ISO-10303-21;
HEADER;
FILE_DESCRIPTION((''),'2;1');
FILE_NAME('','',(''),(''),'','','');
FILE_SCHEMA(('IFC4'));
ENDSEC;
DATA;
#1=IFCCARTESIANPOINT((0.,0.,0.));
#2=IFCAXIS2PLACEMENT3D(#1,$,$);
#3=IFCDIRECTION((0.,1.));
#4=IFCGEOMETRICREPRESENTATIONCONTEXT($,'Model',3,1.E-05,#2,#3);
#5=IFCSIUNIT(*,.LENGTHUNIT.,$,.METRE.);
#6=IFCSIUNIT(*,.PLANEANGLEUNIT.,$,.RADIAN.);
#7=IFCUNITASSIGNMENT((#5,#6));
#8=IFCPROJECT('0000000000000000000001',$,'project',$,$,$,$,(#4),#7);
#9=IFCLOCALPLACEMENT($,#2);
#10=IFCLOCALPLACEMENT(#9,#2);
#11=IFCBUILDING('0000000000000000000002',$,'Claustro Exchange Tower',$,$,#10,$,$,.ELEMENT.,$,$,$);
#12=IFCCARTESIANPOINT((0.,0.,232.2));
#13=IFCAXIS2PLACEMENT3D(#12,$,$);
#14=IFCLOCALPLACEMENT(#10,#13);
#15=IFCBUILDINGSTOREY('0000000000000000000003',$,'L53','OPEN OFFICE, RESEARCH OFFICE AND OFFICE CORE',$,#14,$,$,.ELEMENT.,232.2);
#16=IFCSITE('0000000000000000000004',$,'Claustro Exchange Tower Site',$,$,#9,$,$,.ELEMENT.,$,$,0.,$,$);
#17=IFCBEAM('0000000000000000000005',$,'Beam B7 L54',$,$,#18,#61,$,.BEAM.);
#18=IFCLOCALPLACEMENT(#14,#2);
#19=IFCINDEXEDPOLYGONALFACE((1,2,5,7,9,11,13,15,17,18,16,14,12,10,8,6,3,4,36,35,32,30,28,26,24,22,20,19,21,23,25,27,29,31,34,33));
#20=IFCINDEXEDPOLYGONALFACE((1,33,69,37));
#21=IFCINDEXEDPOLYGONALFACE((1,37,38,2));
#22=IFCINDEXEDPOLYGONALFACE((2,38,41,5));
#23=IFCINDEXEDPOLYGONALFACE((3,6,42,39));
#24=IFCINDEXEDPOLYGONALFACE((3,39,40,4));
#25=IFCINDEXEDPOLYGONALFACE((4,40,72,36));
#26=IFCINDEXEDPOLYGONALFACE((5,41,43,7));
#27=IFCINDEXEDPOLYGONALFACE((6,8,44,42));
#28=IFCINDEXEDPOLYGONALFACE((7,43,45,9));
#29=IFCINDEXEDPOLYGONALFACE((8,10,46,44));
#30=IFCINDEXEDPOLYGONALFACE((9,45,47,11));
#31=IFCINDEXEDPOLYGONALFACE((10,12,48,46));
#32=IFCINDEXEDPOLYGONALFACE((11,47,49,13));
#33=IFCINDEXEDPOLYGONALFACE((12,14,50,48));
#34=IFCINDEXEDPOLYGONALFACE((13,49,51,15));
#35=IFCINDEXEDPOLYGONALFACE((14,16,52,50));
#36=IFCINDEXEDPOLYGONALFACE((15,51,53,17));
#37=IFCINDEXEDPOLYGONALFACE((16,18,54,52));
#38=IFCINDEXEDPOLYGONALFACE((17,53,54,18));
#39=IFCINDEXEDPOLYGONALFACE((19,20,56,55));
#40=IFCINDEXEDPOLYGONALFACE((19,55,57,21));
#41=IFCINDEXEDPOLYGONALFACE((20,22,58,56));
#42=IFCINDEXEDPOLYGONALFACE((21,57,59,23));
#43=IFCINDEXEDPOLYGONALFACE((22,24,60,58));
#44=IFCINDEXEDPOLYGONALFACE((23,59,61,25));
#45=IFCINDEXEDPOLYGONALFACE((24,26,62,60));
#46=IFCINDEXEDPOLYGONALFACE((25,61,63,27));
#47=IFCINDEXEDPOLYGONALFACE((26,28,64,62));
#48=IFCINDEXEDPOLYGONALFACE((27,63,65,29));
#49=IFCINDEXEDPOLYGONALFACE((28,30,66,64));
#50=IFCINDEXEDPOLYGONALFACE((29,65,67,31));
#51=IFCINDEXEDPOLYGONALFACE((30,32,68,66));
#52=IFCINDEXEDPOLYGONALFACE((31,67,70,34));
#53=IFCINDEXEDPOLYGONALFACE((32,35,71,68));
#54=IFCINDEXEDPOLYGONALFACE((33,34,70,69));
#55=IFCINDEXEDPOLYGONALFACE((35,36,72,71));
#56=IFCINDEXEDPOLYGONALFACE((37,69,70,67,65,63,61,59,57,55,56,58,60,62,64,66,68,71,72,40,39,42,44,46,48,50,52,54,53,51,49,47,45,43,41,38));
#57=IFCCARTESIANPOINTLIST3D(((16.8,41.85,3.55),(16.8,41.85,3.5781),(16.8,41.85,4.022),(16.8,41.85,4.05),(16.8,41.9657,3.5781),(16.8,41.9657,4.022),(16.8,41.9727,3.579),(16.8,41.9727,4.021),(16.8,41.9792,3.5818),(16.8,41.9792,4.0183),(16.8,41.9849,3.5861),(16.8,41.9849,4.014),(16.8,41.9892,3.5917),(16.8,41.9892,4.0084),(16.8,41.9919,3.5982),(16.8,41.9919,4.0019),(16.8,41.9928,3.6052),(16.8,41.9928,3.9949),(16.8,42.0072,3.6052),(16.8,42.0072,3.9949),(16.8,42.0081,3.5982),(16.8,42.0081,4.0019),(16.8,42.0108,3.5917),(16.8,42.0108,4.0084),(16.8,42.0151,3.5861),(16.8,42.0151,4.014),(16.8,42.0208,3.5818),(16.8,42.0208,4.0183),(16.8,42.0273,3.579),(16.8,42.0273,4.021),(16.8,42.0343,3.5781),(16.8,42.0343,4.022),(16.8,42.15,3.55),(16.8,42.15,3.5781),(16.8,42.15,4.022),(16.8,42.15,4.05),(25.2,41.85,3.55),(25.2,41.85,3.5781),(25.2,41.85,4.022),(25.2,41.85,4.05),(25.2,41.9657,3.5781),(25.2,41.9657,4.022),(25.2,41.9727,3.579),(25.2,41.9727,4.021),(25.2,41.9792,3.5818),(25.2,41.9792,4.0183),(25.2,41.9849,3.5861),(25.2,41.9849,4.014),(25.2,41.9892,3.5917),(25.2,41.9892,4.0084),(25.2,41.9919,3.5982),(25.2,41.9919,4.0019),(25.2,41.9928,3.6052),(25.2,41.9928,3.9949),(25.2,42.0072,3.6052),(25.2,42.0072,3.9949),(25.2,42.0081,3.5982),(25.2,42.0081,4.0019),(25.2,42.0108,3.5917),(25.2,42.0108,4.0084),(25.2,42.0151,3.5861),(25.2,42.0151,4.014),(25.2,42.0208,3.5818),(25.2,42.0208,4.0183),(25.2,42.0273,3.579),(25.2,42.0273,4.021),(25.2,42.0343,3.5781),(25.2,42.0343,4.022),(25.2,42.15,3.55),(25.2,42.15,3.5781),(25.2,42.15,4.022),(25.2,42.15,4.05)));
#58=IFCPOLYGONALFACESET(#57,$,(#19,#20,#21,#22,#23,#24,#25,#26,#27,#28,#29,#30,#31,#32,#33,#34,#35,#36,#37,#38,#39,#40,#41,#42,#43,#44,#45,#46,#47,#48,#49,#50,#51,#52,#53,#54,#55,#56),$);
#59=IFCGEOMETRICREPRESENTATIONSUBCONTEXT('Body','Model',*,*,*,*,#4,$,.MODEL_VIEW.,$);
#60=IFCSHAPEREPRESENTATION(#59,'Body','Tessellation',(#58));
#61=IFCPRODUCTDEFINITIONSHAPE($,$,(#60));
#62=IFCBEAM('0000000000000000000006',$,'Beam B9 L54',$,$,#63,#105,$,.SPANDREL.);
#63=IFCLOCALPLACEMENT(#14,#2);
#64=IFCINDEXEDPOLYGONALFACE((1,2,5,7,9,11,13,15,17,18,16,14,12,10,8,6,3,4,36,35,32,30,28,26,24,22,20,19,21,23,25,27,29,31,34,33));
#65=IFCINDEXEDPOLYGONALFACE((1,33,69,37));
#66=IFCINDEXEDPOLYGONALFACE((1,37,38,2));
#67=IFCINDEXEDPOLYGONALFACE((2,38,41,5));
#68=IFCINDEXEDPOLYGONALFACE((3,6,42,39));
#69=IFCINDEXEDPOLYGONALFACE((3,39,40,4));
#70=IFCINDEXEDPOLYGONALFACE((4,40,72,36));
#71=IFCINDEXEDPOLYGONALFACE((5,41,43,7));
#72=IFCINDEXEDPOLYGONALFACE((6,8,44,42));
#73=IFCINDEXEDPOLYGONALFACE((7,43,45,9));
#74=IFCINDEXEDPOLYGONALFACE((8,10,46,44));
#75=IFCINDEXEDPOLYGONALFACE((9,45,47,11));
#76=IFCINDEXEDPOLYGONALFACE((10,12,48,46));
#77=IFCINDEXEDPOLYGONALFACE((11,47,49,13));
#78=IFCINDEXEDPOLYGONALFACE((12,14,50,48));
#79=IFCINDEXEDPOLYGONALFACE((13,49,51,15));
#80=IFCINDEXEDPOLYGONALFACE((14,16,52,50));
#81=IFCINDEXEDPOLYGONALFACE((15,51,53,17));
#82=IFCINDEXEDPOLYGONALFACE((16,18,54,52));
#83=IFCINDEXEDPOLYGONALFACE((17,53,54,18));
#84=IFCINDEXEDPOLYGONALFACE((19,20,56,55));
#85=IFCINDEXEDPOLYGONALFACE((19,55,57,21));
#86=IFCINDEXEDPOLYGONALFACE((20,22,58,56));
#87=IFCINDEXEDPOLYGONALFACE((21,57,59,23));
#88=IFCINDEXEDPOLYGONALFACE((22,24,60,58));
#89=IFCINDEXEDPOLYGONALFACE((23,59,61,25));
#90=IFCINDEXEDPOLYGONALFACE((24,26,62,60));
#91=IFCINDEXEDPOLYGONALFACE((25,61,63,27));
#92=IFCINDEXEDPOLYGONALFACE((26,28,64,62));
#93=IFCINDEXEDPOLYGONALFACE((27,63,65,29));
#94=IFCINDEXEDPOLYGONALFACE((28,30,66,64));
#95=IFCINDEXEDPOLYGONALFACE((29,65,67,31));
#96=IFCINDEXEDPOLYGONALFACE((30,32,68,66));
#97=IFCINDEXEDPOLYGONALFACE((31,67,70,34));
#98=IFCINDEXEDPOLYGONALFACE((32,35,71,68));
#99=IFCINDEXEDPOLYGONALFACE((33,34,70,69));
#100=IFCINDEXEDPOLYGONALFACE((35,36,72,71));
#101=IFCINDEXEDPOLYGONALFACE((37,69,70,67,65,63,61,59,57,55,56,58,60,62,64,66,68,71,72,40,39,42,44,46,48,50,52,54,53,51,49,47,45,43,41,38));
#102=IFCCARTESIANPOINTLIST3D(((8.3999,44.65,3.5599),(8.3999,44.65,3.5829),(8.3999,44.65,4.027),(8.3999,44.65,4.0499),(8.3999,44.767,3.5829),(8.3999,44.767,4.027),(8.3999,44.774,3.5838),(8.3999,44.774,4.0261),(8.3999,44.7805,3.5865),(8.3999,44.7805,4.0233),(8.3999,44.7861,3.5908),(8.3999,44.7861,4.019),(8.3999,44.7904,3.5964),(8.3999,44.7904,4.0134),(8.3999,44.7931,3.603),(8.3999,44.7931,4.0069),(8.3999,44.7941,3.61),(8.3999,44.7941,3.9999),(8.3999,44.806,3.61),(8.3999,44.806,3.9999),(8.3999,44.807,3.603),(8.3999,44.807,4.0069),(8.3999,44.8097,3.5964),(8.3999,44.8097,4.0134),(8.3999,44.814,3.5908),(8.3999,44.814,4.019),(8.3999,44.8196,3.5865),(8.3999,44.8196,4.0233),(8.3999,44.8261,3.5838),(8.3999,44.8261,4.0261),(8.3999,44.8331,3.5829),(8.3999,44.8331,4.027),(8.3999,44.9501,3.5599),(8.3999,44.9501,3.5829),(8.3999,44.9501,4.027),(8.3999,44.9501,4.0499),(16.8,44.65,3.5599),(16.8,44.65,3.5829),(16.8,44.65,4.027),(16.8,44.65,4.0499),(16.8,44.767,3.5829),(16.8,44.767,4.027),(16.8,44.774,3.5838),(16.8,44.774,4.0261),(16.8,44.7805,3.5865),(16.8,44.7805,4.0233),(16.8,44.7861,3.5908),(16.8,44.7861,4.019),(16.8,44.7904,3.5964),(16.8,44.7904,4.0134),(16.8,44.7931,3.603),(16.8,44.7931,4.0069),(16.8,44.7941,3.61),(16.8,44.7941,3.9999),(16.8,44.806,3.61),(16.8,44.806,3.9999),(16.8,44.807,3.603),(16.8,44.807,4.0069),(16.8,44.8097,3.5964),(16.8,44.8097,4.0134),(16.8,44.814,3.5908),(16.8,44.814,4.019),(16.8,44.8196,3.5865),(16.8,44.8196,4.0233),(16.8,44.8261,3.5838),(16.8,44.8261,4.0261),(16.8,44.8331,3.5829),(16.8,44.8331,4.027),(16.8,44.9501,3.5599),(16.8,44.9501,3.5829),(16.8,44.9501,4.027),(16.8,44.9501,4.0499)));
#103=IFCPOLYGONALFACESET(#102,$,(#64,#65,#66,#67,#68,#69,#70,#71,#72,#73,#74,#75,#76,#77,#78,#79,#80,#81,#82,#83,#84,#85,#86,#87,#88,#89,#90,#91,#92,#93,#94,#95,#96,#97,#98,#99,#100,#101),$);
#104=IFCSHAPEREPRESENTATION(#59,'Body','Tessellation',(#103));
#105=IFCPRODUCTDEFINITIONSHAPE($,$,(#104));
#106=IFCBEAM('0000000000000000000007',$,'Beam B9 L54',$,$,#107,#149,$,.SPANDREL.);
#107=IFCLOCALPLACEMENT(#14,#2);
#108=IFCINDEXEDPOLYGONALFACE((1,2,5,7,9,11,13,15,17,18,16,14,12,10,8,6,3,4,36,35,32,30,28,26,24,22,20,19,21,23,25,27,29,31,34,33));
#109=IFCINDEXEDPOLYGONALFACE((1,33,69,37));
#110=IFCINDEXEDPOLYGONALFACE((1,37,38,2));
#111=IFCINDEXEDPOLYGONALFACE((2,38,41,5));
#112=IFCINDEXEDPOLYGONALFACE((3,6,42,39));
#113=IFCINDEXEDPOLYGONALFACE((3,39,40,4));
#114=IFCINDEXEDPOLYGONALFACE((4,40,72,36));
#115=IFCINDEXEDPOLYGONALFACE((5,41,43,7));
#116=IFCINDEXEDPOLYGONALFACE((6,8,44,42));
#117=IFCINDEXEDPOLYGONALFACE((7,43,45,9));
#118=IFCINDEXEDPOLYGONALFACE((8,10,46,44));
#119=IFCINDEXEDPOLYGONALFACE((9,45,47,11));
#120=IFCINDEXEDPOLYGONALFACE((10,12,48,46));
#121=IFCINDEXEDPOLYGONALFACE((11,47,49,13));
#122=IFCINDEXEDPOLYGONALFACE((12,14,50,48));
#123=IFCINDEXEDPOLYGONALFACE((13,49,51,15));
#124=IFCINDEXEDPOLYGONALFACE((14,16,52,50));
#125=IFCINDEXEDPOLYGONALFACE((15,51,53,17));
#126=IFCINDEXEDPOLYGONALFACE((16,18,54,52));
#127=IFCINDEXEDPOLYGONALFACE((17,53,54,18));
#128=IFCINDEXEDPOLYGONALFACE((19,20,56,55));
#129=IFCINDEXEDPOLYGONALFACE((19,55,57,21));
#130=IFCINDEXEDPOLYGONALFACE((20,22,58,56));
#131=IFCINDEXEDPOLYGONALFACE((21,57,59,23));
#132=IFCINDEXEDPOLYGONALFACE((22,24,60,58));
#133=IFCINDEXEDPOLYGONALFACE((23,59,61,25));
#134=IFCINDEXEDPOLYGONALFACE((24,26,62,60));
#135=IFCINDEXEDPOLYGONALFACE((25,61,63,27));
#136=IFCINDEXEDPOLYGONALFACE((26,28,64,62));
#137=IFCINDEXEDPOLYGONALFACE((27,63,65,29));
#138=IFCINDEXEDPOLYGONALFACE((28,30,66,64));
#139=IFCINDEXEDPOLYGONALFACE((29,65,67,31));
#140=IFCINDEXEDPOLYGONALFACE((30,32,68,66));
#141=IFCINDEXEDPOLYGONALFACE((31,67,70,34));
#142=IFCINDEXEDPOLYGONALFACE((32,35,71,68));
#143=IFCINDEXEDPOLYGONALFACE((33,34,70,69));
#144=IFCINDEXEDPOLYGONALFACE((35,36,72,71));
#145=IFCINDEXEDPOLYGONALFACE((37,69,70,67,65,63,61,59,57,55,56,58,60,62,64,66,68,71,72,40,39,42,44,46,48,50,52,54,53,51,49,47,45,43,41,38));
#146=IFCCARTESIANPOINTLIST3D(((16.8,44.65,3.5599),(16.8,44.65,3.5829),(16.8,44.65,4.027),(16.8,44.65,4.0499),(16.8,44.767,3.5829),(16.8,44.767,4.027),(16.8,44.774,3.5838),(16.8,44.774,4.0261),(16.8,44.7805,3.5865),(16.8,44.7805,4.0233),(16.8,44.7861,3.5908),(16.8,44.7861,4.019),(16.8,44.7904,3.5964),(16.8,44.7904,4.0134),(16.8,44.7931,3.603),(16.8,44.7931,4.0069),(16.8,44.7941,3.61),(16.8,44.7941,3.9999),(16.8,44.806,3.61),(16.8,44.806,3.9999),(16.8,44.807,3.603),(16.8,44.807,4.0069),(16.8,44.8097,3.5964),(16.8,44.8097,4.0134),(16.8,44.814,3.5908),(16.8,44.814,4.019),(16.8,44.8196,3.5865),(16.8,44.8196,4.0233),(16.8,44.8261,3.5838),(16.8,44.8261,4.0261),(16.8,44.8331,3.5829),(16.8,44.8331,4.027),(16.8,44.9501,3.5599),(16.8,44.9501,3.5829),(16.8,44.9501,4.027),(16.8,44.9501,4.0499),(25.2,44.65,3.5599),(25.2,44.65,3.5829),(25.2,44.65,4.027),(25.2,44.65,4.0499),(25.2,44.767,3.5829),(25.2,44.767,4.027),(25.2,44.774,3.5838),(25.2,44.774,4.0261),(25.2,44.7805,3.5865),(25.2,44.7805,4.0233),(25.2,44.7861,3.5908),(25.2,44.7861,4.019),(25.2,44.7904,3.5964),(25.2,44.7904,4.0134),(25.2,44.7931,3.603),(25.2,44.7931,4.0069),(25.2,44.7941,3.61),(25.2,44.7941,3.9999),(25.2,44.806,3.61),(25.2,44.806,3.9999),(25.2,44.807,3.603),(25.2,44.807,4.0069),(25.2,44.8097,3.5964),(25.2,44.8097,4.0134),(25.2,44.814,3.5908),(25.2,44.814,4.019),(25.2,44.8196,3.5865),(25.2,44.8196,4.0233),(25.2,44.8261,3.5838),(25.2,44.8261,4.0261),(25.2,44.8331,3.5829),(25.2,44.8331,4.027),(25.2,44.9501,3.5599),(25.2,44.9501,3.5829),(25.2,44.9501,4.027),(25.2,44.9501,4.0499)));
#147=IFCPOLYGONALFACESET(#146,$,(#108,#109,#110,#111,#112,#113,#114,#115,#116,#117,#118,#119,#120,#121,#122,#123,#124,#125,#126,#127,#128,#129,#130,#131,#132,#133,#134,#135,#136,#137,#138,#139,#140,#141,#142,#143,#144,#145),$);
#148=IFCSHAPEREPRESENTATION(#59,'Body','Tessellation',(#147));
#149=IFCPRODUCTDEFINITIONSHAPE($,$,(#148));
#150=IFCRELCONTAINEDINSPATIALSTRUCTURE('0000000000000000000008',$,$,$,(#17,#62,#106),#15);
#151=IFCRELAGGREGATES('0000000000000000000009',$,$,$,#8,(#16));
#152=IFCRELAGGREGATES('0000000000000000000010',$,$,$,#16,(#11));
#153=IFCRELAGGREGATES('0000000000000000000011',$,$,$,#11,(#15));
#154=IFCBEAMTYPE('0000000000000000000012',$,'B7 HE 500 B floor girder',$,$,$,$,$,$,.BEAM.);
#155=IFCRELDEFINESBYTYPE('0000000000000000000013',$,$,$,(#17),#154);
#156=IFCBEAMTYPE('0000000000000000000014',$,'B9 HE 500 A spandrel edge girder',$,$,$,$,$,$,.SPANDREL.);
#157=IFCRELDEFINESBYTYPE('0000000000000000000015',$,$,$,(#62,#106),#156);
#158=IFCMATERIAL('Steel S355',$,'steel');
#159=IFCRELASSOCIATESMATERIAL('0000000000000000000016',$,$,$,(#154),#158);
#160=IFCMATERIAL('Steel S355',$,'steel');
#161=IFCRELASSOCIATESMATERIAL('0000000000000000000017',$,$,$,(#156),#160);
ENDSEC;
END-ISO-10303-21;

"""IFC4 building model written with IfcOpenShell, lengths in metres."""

from ifc_helpers import new_model, si_unit, direction, frame, origin, origin_2d, place, context, subcontext, project, spatial, i_section, extrude, material, material_profile, profile_set, type_object, element, save


model = new_model("IFC4")

# Units and contexts
model_context = context("Model", 3, precision=1e-05, world=origin(), true_north=direction((0.0, 1.0)))
body_context = subcontext(model_context, "Body", "Model", "MODEL_VIEW")
ifc_project = project(units=[si_unit("LENGTHUNIT", "METRE"), si_unit("PLANEANGLEUNIT", "RADIAN")], contexts=[model_context])

# Site, building, storey
site_placement = place(None, origin())
site = spatial("IfcSite", under=ifc_project, at=site_placement, Name="Claustro Exchange Tower Site", CompositionType="ELEMENT", RefElevation=0.0)
building_placement = place(site_placement, origin())
building = spatial("IfcBuilding", under=site, at=building_placement, Name="Claustro Exchange Tower", CompositionType="ELEMENT")
storey_placement = place(building_placement, frame((0.0, 0.0, 232.2)))
storey = spatial("IfcBuildingStorey", under=building, at=storey_placement, Name="L53", Description="OPEN OFFICE, RESEARCH OFFICE AND OFFICE CORE", CompositionType="ELEMENT", Elevation=232.2)

# Beams
ifc_material_1 = material(Name="Steel S355", Category="steel")
ifc_material_profile_1 = material_profile(ifc_material_1, i_section(OverallWidth=0.3, OverallDepth=0.5, WebThickness=0.0144, FlangeThickness=0.0281, FilletRadius=0.0271, at=origin_2d()), Name="HE 500 B")
ifc_profile_set_1 = profile_set([ifc_material_profile_1], Name="Steel S355")
beam_type_1 = type_object("IfcBeamType", Name="B7 HE 500 B floor girder", PredefinedType="BEAM", material=ifc_profile_set_1)
beam_1_placement = place(storey_placement, frame((16.8, 42.0, 3.8), z_axis=(1.0, 0.0, 0.0), x_axis=(0.0, 1.0, 0.0)))
element("IfcBeam", 1, at=beam_1_placement, inside=storey, type_object=beam_type_1, Name="Beam B7 L54", PredefinedType="BEAM", context=body_context, shape_type="SweptSolid", body=[
    extrude(i_section(OverallWidth=0.3, OverallDepth=0.5, WebThickness=0.0144, FlangeThickness=0.0281, FilletRadius=0.0271, at=origin_2d()), origin(), (0.0, 0.0, 1.0), 8.3999),
])
ifc_material_2 = material(Name="Steel S355", Category="steel")
ifc_material_profile_2 = material_profile(ifc_material_2, i_section(OverallWidth=0.3, OverallDepth=0.49, WebThickness=0.012, FlangeThickness=0.0229, FilletRadius=0.0271, at=origin_2d()), Name="HE 500 A")
ifc_profile_set_2 = profile_set([ifc_material_profile_2], Name="Steel S355")
beam_type_2 = type_object("IfcBeamType", Name="B9 HE 500 A spandrel edge girder", PredefinedType="SPANDREL", material=ifc_profile_set_2)
beam_2_placement = place(storey_placement, frame((8.3999, 44.8, 3.8049), z_axis=(1.0, 0.0, 0.0), x_axis=(0.0, 1.0, 0.0)))
element("IfcBeam", 2, at=beam_2_placement, inside=storey, type_object=beam_type_2, Name="Beam B9 L54", PredefinedType="SPANDREL", context=body_context, shape_type="SweptSolid", body=[
    extrude(i_section(OverallWidth=0.3, OverallDepth=0.49, WebThickness=0.012, FlangeThickness=0.0229, FilletRadius=0.0271, at=origin_2d()), origin(), (0.0, 0.0, 1.0), 8.4001),
])
beam_3_placement = place(storey_placement, frame((16.8, 44.8, 3.8049), z_axis=(1.0, 0.0, 0.0), x_axis=(0.0, 1.0, 0.0)))
element("IfcBeam", 3, at=beam_3_placement, inside=storey, type_object=beam_type_2, Name="Beam B9 L54", PredefinedType="SPANDREL", context=body_context, shape_type="SweptSolid", body=[
    extrude(i_section(OverallWidth=0.3, OverallDepth=0.49, WebThickness=0.012, FlangeThickness=0.0229, FilletRadius=0.0271, at=origin_2d()), origin(), (0.0, 0.0, 1.0), 8.3999),
])

save(model, "model.ifc")
